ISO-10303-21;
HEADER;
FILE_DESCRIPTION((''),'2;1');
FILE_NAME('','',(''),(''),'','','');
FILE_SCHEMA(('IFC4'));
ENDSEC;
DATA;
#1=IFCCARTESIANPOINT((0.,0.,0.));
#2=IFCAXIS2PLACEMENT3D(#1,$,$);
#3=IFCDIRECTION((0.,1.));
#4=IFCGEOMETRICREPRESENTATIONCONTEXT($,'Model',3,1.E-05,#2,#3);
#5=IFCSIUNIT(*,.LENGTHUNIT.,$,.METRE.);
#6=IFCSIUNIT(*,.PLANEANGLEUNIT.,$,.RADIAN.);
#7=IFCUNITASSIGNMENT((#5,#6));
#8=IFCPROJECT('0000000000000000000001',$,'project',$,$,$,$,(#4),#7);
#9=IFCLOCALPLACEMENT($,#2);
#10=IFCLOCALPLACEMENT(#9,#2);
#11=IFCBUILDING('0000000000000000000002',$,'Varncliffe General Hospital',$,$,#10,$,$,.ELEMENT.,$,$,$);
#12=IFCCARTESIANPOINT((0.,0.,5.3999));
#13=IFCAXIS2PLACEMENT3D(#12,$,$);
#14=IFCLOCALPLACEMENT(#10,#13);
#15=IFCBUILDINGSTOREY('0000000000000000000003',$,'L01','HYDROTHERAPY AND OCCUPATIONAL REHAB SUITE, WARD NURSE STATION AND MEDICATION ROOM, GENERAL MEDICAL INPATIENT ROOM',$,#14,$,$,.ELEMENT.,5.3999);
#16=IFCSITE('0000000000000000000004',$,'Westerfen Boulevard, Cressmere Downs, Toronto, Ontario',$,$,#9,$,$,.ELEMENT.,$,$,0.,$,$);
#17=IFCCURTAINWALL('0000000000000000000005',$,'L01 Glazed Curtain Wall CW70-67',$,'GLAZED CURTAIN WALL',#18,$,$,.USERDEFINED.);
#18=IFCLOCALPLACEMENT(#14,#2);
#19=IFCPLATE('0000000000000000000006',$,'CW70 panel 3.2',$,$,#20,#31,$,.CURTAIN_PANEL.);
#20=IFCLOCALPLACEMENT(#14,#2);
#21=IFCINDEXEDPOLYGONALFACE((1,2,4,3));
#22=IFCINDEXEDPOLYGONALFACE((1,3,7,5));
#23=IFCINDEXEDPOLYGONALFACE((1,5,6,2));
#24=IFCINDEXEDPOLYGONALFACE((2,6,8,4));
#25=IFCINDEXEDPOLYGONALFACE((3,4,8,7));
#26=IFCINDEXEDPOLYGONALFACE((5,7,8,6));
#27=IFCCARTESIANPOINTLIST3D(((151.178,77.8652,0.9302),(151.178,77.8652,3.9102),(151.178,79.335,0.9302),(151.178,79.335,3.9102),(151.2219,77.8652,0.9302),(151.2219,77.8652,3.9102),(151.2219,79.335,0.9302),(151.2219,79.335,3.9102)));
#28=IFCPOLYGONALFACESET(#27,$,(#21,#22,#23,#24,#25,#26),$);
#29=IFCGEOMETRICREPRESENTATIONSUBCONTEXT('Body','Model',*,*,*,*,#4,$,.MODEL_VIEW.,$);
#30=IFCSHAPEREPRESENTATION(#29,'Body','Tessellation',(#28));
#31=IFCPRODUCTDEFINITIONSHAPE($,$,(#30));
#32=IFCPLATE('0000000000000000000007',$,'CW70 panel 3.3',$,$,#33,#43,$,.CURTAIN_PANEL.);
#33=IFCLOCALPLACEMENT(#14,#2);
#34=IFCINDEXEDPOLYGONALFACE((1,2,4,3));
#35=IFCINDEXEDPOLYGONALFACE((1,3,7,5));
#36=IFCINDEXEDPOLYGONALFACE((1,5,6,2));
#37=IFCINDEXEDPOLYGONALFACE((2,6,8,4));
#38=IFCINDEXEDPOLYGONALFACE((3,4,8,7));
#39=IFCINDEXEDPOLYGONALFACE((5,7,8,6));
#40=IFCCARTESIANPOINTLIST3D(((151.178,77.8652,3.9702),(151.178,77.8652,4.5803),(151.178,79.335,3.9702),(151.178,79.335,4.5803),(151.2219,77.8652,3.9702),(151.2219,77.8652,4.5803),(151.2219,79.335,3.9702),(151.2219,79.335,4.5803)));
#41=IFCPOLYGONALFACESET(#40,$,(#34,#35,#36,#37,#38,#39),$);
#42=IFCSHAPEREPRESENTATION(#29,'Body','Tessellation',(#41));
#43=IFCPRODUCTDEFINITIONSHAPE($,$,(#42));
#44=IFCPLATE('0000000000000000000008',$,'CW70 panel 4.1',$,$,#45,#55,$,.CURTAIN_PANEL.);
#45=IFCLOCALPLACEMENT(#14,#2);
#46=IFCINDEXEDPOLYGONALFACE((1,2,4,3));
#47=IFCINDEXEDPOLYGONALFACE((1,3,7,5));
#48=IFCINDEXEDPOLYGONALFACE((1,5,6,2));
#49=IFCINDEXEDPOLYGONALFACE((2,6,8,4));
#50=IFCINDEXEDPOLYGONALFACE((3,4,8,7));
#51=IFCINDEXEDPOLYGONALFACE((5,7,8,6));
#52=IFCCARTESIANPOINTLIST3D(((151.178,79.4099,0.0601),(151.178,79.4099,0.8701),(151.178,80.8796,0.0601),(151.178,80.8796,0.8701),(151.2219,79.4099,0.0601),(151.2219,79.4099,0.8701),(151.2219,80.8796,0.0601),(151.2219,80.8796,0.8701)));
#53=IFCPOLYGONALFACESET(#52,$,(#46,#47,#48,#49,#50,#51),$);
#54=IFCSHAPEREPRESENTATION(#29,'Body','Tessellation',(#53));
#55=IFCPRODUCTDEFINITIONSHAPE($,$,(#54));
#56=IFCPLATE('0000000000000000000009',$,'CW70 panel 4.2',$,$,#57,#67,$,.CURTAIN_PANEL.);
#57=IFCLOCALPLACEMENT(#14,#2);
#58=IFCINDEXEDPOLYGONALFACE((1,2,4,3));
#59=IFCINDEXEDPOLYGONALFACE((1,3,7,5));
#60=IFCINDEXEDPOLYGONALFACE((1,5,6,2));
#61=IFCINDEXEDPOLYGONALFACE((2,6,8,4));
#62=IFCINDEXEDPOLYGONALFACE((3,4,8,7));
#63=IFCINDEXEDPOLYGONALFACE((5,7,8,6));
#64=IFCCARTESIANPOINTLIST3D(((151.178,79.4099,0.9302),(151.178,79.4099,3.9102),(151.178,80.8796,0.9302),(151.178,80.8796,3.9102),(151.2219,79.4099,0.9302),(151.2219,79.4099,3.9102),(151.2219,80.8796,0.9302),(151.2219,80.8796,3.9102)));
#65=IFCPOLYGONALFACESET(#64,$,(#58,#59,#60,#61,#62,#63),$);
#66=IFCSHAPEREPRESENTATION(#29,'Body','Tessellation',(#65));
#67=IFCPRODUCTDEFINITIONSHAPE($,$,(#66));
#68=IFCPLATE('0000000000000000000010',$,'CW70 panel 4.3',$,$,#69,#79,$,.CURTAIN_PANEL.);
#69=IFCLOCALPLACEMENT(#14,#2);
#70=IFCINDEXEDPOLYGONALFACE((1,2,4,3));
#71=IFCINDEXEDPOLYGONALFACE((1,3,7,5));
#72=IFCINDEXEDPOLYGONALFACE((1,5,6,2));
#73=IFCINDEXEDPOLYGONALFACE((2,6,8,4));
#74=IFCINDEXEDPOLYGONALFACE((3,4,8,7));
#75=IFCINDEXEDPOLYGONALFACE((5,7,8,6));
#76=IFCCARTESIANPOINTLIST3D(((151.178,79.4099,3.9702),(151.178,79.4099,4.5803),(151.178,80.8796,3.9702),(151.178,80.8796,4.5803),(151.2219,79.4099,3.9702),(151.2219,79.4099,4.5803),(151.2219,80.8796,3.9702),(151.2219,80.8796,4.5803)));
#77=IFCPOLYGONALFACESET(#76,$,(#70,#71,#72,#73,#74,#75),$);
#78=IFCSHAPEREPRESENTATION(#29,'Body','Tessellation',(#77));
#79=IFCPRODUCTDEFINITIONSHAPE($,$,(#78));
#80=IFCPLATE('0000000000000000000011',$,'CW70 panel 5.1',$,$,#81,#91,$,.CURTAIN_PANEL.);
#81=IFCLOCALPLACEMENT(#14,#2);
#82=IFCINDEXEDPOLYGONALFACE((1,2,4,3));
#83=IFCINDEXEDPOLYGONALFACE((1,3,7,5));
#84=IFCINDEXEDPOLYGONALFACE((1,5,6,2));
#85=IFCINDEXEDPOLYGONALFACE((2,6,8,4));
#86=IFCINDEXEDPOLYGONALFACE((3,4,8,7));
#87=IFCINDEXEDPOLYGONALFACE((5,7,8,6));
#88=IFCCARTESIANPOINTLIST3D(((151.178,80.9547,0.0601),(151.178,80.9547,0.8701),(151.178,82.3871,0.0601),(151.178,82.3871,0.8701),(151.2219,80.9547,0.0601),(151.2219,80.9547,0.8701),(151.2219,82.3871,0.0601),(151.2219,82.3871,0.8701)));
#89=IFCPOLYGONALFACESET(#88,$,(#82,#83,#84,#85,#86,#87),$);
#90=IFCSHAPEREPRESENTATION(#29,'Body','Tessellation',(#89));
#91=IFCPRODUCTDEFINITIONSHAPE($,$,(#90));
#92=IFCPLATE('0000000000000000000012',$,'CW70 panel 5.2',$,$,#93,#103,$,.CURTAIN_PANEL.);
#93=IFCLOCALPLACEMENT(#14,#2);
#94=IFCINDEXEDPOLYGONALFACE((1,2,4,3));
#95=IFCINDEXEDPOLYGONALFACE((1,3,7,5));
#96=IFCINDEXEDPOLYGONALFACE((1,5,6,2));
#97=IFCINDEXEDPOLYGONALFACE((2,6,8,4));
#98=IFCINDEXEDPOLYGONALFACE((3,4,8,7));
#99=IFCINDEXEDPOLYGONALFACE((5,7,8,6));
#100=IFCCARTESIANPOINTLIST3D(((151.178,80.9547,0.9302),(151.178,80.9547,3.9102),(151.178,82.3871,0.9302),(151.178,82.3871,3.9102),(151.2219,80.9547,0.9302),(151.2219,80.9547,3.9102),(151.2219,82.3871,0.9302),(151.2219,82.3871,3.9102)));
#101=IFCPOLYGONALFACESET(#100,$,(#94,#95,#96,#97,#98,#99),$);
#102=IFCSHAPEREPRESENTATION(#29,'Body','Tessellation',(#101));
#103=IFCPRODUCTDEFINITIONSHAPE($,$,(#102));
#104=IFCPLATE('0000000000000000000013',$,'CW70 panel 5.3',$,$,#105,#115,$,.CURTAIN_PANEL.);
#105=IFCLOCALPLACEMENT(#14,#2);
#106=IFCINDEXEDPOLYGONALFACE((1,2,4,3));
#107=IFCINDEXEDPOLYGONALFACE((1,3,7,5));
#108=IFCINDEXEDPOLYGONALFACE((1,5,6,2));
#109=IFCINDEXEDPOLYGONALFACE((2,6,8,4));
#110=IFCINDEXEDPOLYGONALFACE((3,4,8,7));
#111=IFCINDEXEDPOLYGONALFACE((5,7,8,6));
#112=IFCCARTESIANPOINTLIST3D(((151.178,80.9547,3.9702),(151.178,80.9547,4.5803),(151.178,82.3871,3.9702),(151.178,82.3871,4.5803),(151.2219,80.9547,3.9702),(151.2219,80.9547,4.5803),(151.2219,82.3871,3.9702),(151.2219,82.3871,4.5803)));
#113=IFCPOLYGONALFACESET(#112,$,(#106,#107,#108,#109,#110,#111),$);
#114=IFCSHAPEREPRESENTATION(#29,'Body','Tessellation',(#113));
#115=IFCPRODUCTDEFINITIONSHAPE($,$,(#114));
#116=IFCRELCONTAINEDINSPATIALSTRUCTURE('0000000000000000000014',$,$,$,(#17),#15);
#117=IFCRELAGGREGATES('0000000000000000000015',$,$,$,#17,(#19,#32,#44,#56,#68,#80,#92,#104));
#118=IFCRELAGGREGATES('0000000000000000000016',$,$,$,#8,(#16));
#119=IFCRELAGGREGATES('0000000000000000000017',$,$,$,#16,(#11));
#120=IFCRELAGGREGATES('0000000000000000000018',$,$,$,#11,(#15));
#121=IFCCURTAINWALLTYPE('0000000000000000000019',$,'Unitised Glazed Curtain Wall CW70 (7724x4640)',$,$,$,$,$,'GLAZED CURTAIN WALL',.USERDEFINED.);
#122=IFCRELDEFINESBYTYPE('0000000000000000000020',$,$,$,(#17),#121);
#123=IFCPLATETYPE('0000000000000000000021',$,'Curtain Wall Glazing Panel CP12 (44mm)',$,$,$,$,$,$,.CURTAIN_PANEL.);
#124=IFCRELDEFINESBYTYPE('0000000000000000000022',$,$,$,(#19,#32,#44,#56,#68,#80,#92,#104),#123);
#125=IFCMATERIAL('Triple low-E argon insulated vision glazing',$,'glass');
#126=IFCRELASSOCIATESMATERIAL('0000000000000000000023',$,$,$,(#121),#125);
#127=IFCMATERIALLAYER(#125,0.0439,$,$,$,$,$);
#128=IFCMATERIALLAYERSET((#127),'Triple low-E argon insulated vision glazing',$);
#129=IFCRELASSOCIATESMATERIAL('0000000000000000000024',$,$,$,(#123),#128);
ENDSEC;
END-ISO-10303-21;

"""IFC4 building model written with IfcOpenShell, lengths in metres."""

from ifc_helpers import new_model, si_unit, direction, frame, origin, origin_2d, place, context, subcontext, project, spatial, rectangle, extrude, material, layer, layer_set, type_object, element, aggregate, save


model = new_model("IFC4")

# Units and contexts
model_context = context("Model", 3, precision=1e-05, world=origin(), true_north=direction((0.0, 1.0)))
body_context = subcontext(model_context, "Body", "Model", "MODEL_VIEW")
ifc_project = project(units=[si_unit("LENGTHUNIT", "METRE"), si_unit("PLANEANGLEUNIT", "RADIAN")], contexts=[model_context])

# Site, building, storey
site_placement = place(None, origin())
site = spatial("IfcSite", under=ifc_project, at=site_placement, Name="Westerfen Boulevard, Cressmere Downs, Toronto, Ontario", CompositionType="ELEMENT", RefElevation=0.0)
building_placement = place(site_placement, origin())
building = spatial("IfcBuilding", under=site, at=building_placement, Name="Varncliffe General Hospital", CompositionType="ELEMENT")
storey_placement = place(building_placement, frame((0.0, 0.0, 5.3999)))
storey = spatial("IfcBuildingStorey", under=building, at=storey_placement, Name="L01", Description="HYDROTHERAPY AND OCCUPATIONAL REHAB SUITE, WARD NURSE STATION AND MEDICATION ROOM, GENERAL MEDICAL INPATIENT ROOM", CompositionType="ELEMENT", Elevation=5.3999)

# Curtain wall
ifc_material_1 = material(Name="Triple low-E argon insulated vision glazing", Category="glass")
curtain_wall_type = type_object("IfcCurtainWallType", Name="Unitised Glazed Curtain Wall CW70 (7724x4640)", ElementType="GLAZED CURTAIN WALL", PredefinedType="USERDEFINED", material=ifc_material_1)
curtain_wall_placement = place(storey_placement, origin())
curtain_wall = element("IfcCurtainWall", 1, at=curtain_wall_placement, inside=storey, type_object=curtain_wall_type, Name="L01 Glazed Curtain Wall CW70-67", ObjectType="GLAZED CURTAIN WALL", PredefinedType="USERDEFINED")

# Plates
ifc_layer = layer(ifc_material_1, 0.0439)
ifc_layer_set = layer_set([ifc_layer], Name="Triple low-E argon insulated vision glazing")
plate_type = type_object("IfcPlateType", Name="Curtain Wall Glazing Panel CP12 (44mm)", PredefinedType="CURTAIN_PANEL", material=ifc_layer_set)
plate_1_placement = place(storey_placement, frame((151.2, 78.6001, 0.9302), z_axis=(0.0, 0.0, 1.0), x_axis=(0.0, 1.0, 0.0)))
plate_1 = element("IfcPlate", 2, at=plate_1_placement, type_object=plate_type, Name="CW70 panel 3.2", PredefinedType="CURTAIN_PANEL", context=body_context, shape_type="SweptSolid", body=[
    extrude(rectangle(XDim=1.4697, YDim=0.0439, at=origin_2d()), origin(), (0.0, 0.0, 1.0), 2.98),
])
plate_2_placement = place(storey_placement, frame((151.2, 78.6001, 3.9702), z_axis=(0.0, 0.0, 1.0), x_axis=(0.0, 1.0, 0.0)))
plate_2 = element("IfcPlate", 3, at=plate_2_placement, type_object=plate_type, Name="CW70 panel 3.3", PredefinedType="CURTAIN_PANEL", context=body_context, shape_type="SweptSolid", body=[
    extrude(rectangle(XDim=1.4697, YDim=0.0439, at=origin_2d()), origin(), (0.0, 0.0, 1.0), 0.6101),
])
plate_3_placement = place(storey_placement, frame((151.2, 80.1448, 0.0601), z_axis=(0.0, 0.0, 1.0), x_axis=(0.0, 1.0, 0.0)))
plate_3 = element("IfcPlate", 4, at=plate_3_placement, type_object=plate_type, Name="CW70 panel 4.1", PredefinedType="CURTAIN_PANEL", context=body_context, shape_type="SweptSolid", body=[
    extrude(rectangle(XDim=1.4697, YDim=0.0439, at=origin_2d()), origin(), (0.0, 0.0, 1.0), 0.8101),
])
plate_4_placement = place(storey_placement, frame((151.2, 80.1448, 0.9302), z_axis=(0.0, 0.0, 1.0), x_axis=(0.0, 1.0, 0.0)))
plate_4 = element("IfcPlate", 5, at=plate_4_placement, type_object=plate_type, Name="CW70 panel 4.2", PredefinedType="CURTAIN_PANEL", context=body_context, shape_type="SweptSolid", body=[
    extrude(rectangle(XDim=1.4697, YDim=0.0439, at=origin_2d()), origin(), (0.0, 0.0, 1.0), 2.98),
])
plate_5_placement = place(storey_placement, frame((151.2, 80.1448, 3.9702), z_axis=(0.0, 0.0, 1.0), x_axis=(0.0, 1.0, 0.0)))
plate_5 = element("IfcPlate", 6, at=plate_5_placement, type_object=plate_type, Name="CW70 panel 4.3", PredefinedType="CURTAIN_PANEL", context=body_context, shape_type="SweptSolid", body=[
    extrude(rectangle(XDim=1.4697, YDim=0.0439, at=origin_2d()), origin(), (0.0, 0.0, 1.0), 0.6101),
])
plate_6_placement = place(storey_placement, frame((151.2, 81.6709, 0.0601), z_axis=(0.0, 0.0, 1.0), x_axis=(0.0, 1.0, 0.0)))
plate_6 = element("IfcPlate", 7, at=plate_6_placement, type_object=plate_type, Name="CW70 panel 5.1", PredefinedType="CURTAIN_PANEL", context=body_context, shape_type="SweptSolid", body=[
    extrude(rectangle(XDim=1.4324, YDim=0.0439, at=origin_2d()), origin(), (0.0, 0.0, 1.0), 0.8101),
])
plate_7_placement = place(storey_placement, frame((151.2, 81.6709, 0.9302), z_axis=(0.0, 0.0, 1.0), x_axis=(0.0, 1.0, 0.0)))
plate_7 = element("IfcPlate", 8, at=plate_7_placement, type_object=plate_type, Name="CW70 panel 5.2", PredefinedType="CURTAIN_PANEL", context=body_context, shape_type="SweptSolid", body=[
    extrude(rectangle(XDim=1.4324, YDim=0.0439, at=origin_2d()), origin(), (0.0, 0.0, 1.0), 2.98),
])
plate_8_placement = place(storey_placement, frame((151.2, 81.6709, 3.9702), z_axis=(0.0, 0.0, 1.0), x_axis=(0.0, 1.0, 0.0)))
plate_8 = element("IfcPlate", 9, at=plate_8_placement, type_object=plate_type, Name="CW70 panel 5.3", PredefinedType="CURTAIN_PANEL", context=body_context, shape_type="SweptSolid", body=[
    extrude(rectangle(XDim=1.4324, YDim=0.0439, at=origin_2d()), origin(), (0.0, 0.0, 1.0), 0.6101),
])
aggregate(curtain_wall, [plate_1, plate_2, plate_3, plate_4, plate_5, plate_6, plate_7, plate_8])

save(model, "model.ifc")
